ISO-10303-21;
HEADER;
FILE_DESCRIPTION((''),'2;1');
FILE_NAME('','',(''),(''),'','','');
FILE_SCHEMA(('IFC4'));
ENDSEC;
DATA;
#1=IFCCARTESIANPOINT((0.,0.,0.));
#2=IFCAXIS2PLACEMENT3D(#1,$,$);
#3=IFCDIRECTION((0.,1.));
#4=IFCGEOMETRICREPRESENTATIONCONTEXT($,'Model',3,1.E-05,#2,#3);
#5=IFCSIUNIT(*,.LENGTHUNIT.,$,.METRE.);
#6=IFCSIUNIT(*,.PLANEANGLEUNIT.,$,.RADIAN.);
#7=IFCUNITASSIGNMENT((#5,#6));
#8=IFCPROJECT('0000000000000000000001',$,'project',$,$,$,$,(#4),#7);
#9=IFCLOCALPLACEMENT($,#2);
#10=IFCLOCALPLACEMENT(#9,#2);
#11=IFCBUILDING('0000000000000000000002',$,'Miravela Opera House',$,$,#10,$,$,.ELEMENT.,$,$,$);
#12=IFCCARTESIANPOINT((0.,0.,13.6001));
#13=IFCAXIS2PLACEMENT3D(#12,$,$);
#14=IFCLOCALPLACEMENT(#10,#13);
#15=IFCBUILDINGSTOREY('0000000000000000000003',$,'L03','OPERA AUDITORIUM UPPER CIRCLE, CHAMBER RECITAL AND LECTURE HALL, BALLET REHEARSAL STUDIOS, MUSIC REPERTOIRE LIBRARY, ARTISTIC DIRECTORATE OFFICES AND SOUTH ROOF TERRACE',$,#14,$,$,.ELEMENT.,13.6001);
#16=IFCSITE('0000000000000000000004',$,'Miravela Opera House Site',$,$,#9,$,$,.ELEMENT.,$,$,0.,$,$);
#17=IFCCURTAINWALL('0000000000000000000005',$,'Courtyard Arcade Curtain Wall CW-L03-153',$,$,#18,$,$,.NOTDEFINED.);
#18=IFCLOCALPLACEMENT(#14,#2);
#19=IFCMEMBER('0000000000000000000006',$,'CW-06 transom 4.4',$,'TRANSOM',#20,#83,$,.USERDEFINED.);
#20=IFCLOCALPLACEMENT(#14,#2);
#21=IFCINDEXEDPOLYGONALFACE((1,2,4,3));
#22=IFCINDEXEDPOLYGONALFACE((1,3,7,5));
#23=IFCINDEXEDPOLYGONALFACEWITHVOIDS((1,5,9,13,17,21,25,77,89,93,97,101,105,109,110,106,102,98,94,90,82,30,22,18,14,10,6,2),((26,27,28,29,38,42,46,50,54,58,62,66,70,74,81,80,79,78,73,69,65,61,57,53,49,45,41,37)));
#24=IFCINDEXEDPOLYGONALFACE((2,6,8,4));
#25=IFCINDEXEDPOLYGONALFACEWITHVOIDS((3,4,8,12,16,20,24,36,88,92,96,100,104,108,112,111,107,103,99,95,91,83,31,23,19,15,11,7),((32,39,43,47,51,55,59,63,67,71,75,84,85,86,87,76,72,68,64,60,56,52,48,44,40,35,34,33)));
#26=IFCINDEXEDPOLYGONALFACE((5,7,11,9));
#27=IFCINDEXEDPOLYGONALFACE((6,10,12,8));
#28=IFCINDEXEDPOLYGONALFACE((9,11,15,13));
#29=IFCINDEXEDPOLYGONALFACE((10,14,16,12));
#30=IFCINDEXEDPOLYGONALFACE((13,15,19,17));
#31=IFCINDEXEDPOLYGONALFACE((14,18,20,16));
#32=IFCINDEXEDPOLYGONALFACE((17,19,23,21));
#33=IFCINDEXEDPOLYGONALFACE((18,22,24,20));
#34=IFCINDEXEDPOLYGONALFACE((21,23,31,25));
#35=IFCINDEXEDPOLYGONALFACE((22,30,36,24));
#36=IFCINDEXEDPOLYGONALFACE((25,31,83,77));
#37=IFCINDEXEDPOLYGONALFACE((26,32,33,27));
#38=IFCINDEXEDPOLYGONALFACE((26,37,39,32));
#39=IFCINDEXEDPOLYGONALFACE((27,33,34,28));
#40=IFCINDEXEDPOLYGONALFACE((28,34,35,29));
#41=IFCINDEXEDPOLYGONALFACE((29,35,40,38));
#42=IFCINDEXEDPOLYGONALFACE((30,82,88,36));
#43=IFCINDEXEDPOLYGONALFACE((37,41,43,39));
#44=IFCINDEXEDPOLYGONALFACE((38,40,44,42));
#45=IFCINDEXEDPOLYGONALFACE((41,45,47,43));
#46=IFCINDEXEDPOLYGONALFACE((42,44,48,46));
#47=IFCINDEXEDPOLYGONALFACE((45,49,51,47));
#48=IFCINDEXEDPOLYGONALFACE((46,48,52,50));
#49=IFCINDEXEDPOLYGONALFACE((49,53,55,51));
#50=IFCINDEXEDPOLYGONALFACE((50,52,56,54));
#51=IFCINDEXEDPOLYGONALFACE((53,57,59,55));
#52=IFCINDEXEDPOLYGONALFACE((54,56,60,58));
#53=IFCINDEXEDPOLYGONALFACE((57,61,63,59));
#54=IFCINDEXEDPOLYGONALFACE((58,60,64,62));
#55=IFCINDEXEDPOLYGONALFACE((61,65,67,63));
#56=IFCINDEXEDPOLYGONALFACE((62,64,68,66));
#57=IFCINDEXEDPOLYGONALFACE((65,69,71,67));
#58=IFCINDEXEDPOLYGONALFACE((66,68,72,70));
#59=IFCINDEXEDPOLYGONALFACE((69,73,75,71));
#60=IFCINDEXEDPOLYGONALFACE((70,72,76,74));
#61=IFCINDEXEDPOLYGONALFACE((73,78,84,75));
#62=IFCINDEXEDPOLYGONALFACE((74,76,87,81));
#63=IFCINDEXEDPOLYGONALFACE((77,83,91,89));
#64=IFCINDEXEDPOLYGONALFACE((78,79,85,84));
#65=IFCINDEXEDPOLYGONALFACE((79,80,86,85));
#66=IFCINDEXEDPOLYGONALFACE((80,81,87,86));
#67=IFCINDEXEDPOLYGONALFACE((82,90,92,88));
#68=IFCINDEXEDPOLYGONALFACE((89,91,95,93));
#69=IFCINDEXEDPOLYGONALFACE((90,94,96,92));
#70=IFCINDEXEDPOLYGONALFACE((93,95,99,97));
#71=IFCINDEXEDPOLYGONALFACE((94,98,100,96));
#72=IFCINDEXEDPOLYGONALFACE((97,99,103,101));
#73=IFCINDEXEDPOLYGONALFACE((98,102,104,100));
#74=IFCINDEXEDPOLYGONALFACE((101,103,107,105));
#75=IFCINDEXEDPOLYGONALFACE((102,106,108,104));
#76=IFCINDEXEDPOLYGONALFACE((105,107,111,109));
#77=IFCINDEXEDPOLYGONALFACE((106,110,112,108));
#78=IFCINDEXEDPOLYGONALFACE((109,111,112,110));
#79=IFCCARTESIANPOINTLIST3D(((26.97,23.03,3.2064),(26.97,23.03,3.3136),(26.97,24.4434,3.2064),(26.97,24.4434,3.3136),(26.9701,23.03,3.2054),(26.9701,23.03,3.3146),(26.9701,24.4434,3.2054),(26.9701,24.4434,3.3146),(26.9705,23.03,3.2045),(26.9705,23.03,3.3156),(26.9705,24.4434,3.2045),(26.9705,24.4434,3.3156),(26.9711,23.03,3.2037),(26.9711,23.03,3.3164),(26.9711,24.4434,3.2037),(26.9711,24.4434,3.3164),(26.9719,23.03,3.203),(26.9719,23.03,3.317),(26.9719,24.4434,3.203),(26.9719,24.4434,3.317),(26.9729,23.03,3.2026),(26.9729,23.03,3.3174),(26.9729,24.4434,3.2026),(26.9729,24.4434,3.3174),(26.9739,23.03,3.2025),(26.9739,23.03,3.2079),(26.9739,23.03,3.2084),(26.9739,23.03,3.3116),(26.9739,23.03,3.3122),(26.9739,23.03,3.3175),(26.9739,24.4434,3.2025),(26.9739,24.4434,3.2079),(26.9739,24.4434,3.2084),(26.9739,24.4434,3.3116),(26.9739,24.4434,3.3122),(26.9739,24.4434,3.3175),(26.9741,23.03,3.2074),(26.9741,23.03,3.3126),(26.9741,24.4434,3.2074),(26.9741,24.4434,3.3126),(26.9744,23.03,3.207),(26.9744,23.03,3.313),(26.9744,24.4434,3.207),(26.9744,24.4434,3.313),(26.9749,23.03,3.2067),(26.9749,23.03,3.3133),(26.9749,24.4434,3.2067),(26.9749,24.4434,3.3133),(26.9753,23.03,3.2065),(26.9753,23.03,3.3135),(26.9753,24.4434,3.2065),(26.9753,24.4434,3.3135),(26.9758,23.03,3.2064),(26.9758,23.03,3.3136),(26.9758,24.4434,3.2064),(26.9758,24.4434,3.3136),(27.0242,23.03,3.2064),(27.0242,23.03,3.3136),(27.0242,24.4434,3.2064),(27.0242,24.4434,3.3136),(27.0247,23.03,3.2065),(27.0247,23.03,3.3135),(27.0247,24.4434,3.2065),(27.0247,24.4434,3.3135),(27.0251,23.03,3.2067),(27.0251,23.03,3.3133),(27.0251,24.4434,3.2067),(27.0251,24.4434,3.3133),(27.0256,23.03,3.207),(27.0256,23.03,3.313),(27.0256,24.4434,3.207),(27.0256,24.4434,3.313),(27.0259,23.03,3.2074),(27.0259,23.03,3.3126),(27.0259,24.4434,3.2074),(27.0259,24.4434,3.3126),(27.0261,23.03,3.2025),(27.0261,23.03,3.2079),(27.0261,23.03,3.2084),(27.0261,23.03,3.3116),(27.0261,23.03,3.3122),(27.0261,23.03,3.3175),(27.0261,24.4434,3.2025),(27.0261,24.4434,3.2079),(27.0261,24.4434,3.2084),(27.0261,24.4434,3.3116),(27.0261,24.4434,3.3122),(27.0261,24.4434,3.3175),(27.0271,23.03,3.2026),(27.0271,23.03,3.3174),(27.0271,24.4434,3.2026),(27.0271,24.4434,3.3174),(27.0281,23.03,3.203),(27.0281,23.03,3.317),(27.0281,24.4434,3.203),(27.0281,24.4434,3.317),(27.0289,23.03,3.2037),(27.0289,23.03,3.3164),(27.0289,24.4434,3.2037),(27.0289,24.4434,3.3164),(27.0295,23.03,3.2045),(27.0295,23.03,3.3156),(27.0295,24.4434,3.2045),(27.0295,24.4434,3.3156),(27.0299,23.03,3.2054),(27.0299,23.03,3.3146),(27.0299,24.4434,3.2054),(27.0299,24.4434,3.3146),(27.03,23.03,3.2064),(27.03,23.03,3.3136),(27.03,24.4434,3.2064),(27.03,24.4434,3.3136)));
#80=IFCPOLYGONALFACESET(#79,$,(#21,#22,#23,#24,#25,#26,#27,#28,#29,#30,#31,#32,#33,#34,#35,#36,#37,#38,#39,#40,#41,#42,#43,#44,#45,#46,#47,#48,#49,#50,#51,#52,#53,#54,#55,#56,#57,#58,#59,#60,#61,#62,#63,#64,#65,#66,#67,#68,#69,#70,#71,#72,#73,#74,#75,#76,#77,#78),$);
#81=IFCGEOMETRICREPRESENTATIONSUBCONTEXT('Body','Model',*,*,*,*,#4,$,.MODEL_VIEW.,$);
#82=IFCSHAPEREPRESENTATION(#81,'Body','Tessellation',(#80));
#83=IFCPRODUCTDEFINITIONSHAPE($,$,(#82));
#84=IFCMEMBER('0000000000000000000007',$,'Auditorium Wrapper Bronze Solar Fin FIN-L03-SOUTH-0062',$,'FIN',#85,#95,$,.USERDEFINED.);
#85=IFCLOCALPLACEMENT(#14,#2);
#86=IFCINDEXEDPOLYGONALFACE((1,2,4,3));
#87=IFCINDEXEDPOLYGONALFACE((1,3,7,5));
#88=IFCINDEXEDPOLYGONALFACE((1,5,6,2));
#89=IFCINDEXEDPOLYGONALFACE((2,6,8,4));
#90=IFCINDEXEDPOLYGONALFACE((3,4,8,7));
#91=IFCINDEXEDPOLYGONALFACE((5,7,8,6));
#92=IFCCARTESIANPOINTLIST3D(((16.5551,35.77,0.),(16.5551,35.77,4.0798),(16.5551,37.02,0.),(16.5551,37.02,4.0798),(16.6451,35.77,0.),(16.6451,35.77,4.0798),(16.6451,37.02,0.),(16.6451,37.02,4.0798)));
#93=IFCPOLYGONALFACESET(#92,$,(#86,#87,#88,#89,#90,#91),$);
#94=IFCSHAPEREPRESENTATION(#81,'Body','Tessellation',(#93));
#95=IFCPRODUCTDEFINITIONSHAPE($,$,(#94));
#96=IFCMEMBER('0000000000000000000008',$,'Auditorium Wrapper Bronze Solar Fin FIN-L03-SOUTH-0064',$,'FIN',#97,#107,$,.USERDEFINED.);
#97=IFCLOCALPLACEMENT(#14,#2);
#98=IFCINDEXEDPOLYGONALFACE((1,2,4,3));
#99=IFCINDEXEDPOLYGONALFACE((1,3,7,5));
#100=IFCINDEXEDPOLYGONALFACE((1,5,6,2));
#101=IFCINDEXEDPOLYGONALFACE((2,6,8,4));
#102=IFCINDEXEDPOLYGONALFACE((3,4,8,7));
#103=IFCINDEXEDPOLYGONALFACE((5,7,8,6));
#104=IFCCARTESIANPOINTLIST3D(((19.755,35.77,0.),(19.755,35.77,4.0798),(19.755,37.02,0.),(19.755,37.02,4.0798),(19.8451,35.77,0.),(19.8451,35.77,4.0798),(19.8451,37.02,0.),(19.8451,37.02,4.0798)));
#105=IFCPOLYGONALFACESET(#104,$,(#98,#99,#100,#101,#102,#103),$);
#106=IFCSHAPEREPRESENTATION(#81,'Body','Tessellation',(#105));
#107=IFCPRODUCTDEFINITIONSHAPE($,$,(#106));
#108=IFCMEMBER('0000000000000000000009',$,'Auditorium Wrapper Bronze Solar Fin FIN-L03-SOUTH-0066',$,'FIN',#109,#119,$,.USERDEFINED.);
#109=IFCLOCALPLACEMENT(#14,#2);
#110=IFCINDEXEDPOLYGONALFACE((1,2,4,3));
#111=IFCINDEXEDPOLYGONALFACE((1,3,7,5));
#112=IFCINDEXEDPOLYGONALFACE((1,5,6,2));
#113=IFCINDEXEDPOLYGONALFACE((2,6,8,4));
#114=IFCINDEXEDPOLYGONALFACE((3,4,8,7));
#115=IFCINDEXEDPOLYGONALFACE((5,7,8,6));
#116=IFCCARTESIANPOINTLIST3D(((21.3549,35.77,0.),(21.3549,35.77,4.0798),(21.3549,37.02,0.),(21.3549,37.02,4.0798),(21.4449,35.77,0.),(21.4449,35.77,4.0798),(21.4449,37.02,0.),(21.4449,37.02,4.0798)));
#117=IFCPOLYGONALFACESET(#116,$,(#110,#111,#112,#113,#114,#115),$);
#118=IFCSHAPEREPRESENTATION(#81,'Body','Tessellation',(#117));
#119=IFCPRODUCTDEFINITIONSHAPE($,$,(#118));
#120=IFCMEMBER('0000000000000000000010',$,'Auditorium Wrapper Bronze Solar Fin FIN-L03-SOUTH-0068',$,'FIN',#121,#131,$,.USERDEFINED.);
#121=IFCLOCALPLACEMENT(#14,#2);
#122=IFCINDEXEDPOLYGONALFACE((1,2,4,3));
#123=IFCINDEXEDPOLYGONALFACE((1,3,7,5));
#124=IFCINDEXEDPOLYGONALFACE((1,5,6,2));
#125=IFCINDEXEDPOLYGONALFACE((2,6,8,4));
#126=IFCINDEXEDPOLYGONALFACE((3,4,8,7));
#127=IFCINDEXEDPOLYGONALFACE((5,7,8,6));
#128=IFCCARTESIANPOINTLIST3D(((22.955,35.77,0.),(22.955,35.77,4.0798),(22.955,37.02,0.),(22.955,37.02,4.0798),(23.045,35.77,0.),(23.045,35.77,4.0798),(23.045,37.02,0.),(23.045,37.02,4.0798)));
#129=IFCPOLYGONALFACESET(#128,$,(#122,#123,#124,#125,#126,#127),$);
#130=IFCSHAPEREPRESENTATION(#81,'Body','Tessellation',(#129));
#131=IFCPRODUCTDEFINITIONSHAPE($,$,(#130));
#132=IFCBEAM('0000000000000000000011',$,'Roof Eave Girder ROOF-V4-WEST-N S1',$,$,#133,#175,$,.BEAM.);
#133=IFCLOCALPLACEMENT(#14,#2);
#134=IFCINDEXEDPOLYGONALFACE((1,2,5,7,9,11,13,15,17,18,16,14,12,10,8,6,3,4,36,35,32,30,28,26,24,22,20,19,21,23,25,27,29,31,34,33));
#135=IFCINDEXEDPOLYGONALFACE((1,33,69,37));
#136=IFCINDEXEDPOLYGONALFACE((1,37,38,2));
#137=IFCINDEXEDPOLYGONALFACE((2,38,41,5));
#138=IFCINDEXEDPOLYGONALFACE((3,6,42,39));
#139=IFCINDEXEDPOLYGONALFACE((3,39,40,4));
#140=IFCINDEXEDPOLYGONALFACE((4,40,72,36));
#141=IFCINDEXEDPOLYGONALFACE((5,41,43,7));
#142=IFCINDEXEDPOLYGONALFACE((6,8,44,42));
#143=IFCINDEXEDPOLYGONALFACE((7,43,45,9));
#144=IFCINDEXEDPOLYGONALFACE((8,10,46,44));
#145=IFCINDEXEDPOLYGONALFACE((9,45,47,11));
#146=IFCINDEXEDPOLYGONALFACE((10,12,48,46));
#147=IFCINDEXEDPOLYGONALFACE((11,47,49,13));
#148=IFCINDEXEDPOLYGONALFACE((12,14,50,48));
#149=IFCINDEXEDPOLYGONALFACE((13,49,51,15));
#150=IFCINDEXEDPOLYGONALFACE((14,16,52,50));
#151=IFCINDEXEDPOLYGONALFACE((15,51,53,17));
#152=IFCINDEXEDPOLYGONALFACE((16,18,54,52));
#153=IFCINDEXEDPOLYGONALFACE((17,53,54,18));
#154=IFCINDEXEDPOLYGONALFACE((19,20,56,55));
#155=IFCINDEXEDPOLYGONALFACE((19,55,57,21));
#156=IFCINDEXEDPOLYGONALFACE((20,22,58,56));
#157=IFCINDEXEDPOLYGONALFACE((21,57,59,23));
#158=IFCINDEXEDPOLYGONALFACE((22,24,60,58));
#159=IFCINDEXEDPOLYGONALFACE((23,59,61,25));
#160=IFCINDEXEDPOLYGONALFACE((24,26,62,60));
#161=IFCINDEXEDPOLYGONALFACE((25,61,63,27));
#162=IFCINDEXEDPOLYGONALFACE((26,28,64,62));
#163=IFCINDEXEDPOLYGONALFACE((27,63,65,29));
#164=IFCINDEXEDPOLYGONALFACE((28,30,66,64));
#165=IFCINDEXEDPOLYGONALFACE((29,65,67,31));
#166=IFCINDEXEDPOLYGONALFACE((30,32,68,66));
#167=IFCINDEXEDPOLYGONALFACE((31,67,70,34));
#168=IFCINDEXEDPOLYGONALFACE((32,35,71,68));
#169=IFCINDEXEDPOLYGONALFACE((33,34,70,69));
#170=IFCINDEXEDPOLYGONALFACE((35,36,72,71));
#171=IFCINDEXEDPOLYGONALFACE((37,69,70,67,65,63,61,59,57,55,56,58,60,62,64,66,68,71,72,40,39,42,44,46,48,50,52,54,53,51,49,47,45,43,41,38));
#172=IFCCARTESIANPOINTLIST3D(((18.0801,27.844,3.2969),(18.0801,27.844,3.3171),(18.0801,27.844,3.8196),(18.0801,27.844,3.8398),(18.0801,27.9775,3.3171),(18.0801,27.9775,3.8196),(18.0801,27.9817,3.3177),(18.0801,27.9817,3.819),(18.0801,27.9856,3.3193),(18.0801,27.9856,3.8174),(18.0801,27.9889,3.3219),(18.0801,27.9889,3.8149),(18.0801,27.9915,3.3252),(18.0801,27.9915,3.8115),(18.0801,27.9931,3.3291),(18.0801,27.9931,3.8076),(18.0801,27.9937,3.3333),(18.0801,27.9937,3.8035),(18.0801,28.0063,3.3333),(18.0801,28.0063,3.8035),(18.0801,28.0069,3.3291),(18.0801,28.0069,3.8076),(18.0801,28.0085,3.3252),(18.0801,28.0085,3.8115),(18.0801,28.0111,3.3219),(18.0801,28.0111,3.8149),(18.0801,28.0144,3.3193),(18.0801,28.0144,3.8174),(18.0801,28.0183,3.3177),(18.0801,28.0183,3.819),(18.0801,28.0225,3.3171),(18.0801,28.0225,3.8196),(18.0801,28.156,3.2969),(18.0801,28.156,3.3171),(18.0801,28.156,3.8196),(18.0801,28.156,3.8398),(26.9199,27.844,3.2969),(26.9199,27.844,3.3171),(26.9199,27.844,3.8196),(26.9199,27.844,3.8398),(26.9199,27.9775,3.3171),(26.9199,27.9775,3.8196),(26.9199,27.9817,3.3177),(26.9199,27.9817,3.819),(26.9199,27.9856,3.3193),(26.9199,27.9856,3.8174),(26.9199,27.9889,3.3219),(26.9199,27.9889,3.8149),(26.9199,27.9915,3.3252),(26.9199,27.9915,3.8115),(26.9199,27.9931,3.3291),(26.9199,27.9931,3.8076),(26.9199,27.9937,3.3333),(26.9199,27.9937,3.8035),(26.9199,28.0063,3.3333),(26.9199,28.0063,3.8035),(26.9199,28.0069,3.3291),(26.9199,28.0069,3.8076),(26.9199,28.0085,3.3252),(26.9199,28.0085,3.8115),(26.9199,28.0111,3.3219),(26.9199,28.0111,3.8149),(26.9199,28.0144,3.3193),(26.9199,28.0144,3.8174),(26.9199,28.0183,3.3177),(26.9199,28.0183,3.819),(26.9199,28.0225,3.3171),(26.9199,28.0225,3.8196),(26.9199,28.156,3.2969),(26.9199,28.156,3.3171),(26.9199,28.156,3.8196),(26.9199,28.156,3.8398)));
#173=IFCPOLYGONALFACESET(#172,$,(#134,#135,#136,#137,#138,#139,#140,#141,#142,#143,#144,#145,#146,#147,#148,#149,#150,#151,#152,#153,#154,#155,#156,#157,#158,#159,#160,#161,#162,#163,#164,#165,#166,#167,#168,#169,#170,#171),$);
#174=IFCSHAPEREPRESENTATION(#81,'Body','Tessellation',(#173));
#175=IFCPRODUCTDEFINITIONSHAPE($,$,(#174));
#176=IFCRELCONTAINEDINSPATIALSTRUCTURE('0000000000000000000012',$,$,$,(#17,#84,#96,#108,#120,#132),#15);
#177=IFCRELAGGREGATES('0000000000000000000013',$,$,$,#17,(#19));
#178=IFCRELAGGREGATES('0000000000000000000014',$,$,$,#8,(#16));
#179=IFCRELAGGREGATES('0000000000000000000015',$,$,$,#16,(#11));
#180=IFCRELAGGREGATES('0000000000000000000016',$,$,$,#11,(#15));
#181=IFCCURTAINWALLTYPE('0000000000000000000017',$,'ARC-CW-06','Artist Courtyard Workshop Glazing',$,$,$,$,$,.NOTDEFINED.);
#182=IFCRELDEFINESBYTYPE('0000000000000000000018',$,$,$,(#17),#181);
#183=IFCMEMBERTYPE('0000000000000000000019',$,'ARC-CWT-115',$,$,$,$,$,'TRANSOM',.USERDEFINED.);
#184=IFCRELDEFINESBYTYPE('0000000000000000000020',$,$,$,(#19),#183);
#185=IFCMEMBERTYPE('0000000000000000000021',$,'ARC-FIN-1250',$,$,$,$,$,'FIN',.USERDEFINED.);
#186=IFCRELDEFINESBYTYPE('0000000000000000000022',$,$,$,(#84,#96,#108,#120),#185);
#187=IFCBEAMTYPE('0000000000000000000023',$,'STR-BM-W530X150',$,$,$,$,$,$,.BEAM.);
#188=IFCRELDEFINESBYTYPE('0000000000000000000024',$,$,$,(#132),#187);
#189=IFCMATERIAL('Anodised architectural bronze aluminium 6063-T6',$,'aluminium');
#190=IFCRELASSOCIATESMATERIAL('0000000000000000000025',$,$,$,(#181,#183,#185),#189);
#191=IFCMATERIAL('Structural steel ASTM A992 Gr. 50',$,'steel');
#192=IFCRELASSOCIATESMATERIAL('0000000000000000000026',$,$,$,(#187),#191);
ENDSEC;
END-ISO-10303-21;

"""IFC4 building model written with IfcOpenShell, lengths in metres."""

from ifc_helpers import new_model, si_unit, direction, frame, origin, origin_2d, place, context, subcontext, project, spatial, rectangle, hollow_rectangle, i_section, extrude, material, material_profile, profile_set, type_object, element, aggregate, save


model = new_model("IFC4")

# Units and contexts
model_context = context("Model", 3, precision=1e-05, world=origin(), true_north=direction((0.0, 1.0)))
body_context = subcontext(model_context, "Body", "Model", "MODEL_VIEW")
ifc_project = project(units=[si_unit("LENGTHUNIT", "METRE"), si_unit("PLANEANGLEUNIT", "RADIAN")], contexts=[model_context])

# Site, building, storey
site_placement = place(None, origin())
site = spatial("IfcSite", under=ifc_project, at=site_placement, Name="Miravela Opera House Site", CompositionType="ELEMENT", RefElevation=0.0)
building_placement = place(site_placement, origin())
building = spatial("IfcBuilding", under=site, at=building_placement, Name="Miravela Opera House", CompositionType="ELEMENT")
storey_placement = place(building_placement, frame((0.0, 0.0, 13.6001)))
storey = spatial("IfcBuildingStorey", under=building, at=storey_placement, Name="L03", Description="OPERA AUDITORIUM UPPER CIRCLE, CHAMBER RECITAL AND LECTURE HALL, BALLET REHEARSAL STUDIOS, MUSIC REPERTOIRE LIBRARY, ARTISTIC DIRECTORATE OFFICES AND SOUTH ROOF TERRACE", CompositionType="ELEMENT", Elevation=13.6001)

# Curtain wall, member
ifc_material_1 = material(Name="Anodised architectural bronze aluminium 6063-T6", Category="aluminium")
curtain_wall_type = type_object("IfcCurtainWallType", Name="ARC-CW-06", Description="Artist Courtyard Workshop Glazing", PredefinedType="NOTDEFINED", material=ifc_material_1)
curtain_wall_placement = place(storey_placement, origin())
curtain_wall = element("IfcCurtainWall", 1, at=curtain_wall_placement, inside=storey, type_object=curtain_wall_type, Name="Courtyard Arcade Curtain Wall CW-L03-153", PredefinedType="NOTDEFINED")
ifc_material_profile_1 = material_profile(ifc_material_1, hollow_rectangle(XDim=0.0601, YDim=0.115, WallThickness=0.0039, InnerFilletRadius=0.002, OuterFilletRadius=0.0039, at=origin_2d()), Name="CWT-60X115")
ifc_profile_set_1 = profile_set([ifc_material_profile_1])
member_type_1 = type_object("IfcMemberType", Name="ARC-CWT-115", ElementType="TRANSOM", PredefinedType="USERDEFINED", material=ifc_profile_set_1)
member_1_placement = place(storey_placement, frame((27.0, 23.03, 3.26), z_axis=(0.0, 1.0, 0.0), x_axis=(-1.0, 0.0, 0.0)))
member_1 = element("IfcMember", 2, at=member_1_placement, type_object=member_type_1, Name="CW-06 transom 4.4", ObjectType="TRANSOM", PredefinedType="USERDEFINED", context=body_context, shape_type="SweptSolid", body=[
    extrude(hollow_rectangle(XDim=0.0601, YDim=0.115, WallThickness=0.0039, InnerFilletRadius=0.002, OuterFilletRadius=0.0039, at=origin_2d()), origin(), (0.0, 0.0, 1.0), 1.4133),
])

# Members
ifc_material_profile_2 = material_profile(ifc_material_1, rectangle(XDim=0.0901, YDim=1.25, at=origin_2d()), Name="FIN-1250X90")
ifc_profile_set_2 = profile_set([ifc_material_profile_2])
member_type_2 = type_object("IfcMemberType", Name="ARC-FIN-1250", ElementType="FIN", PredefinedType="USERDEFINED", material=ifc_profile_set_2)
for number, where, z_axis, x_axis, name in (
    (3, (16.6001, 36.395, 0.0), (0.0, 0.0, 1.0), (1.0, 0.0, 0.0), "Auditorium Wrapper Bronze Solar Fin FIN-L03-SOUTH-0062"),
    (4, (19.8, 36.395, 0.0), (0.0, 0.0, 1.0), (1.0, 0.0, 0.0), "Auditorium Wrapper Bronze Solar Fin FIN-L03-SOUTH-0064"),
    (5, (21.3999, 36.395, 0.0), (0.0, 0.0, 1.0), (1.0, 0.0, 0.0), "Auditorium Wrapper Bronze Solar Fin FIN-L03-SOUTH-0066"),
    (6, (23.0, 36.395, 0.0), (0.0, 0.0, 1.0), (1.0, 0.0, 0.0), "Auditorium Wrapper Bronze Solar Fin FIN-L03-SOUTH-0068"),
):
    element("IfcMember", number, at=place(storey_placement, frame(where, z_axis=z_axis, x_axis=x_axis)), inside=storey, type_object=member_type_2, Name=name, ObjectType="FIN", PredefinedType="USERDEFINED", context=body_context, shape_type="SweptSolid", body=[
        extrude(rectangle(XDim=0.0901, YDim=1.25, at=origin_2d()), origin(), (0.0, 0.0, 1.0), 4.0798),
    ])

# Beam
ifc_material_2 = material(Name="Structural steel ASTM A992 Gr. 50", Category="steel")
ifc_material_profile_3 = material_profile(ifc_material_2, i_section(OverallWidth=0.312, OverallDepth=0.543, WebThickness=0.0127, FlangeThickness=0.0203, FilletRadius=0.0161, at=origin_2d()), Name="W530X150")
ifc_profile_set_3 = profile_set([ifc_material_profile_3])
beam_type = type_object("IfcBeamType", Name="STR-BM-W530X150", PredefinedType="BEAM", material=ifc_profile_set_3)
beam_1_placement = place(storey_placement, frame((18.0801, 28.0, 3.5684), z_axis=(1.0, 0.0, 0.0), x_axis=(0.0, 1.0, 0.0)))
element("IfcBeam", 7, at=beam_1_placement, inside=storey, type_object=beam_type, Name="Roof Eave Girder ROOF-V4-WEST-N S1", PredefinedType="BEAM", context=body_context, shape_type="SweptSolid", body=[
    extrude(i_section(OverallWidth=0.312, OverallDepth=0.543, WebThickness=0.0127, FlangeThickness=0.0203, FilletRadius=0.0161, at=origin_2d()), origin(), (0.0, 0.0, 1.0), 8.8398),
])

aggregate(curtain_wall, [member_1])

save(model, "model.ifc")
